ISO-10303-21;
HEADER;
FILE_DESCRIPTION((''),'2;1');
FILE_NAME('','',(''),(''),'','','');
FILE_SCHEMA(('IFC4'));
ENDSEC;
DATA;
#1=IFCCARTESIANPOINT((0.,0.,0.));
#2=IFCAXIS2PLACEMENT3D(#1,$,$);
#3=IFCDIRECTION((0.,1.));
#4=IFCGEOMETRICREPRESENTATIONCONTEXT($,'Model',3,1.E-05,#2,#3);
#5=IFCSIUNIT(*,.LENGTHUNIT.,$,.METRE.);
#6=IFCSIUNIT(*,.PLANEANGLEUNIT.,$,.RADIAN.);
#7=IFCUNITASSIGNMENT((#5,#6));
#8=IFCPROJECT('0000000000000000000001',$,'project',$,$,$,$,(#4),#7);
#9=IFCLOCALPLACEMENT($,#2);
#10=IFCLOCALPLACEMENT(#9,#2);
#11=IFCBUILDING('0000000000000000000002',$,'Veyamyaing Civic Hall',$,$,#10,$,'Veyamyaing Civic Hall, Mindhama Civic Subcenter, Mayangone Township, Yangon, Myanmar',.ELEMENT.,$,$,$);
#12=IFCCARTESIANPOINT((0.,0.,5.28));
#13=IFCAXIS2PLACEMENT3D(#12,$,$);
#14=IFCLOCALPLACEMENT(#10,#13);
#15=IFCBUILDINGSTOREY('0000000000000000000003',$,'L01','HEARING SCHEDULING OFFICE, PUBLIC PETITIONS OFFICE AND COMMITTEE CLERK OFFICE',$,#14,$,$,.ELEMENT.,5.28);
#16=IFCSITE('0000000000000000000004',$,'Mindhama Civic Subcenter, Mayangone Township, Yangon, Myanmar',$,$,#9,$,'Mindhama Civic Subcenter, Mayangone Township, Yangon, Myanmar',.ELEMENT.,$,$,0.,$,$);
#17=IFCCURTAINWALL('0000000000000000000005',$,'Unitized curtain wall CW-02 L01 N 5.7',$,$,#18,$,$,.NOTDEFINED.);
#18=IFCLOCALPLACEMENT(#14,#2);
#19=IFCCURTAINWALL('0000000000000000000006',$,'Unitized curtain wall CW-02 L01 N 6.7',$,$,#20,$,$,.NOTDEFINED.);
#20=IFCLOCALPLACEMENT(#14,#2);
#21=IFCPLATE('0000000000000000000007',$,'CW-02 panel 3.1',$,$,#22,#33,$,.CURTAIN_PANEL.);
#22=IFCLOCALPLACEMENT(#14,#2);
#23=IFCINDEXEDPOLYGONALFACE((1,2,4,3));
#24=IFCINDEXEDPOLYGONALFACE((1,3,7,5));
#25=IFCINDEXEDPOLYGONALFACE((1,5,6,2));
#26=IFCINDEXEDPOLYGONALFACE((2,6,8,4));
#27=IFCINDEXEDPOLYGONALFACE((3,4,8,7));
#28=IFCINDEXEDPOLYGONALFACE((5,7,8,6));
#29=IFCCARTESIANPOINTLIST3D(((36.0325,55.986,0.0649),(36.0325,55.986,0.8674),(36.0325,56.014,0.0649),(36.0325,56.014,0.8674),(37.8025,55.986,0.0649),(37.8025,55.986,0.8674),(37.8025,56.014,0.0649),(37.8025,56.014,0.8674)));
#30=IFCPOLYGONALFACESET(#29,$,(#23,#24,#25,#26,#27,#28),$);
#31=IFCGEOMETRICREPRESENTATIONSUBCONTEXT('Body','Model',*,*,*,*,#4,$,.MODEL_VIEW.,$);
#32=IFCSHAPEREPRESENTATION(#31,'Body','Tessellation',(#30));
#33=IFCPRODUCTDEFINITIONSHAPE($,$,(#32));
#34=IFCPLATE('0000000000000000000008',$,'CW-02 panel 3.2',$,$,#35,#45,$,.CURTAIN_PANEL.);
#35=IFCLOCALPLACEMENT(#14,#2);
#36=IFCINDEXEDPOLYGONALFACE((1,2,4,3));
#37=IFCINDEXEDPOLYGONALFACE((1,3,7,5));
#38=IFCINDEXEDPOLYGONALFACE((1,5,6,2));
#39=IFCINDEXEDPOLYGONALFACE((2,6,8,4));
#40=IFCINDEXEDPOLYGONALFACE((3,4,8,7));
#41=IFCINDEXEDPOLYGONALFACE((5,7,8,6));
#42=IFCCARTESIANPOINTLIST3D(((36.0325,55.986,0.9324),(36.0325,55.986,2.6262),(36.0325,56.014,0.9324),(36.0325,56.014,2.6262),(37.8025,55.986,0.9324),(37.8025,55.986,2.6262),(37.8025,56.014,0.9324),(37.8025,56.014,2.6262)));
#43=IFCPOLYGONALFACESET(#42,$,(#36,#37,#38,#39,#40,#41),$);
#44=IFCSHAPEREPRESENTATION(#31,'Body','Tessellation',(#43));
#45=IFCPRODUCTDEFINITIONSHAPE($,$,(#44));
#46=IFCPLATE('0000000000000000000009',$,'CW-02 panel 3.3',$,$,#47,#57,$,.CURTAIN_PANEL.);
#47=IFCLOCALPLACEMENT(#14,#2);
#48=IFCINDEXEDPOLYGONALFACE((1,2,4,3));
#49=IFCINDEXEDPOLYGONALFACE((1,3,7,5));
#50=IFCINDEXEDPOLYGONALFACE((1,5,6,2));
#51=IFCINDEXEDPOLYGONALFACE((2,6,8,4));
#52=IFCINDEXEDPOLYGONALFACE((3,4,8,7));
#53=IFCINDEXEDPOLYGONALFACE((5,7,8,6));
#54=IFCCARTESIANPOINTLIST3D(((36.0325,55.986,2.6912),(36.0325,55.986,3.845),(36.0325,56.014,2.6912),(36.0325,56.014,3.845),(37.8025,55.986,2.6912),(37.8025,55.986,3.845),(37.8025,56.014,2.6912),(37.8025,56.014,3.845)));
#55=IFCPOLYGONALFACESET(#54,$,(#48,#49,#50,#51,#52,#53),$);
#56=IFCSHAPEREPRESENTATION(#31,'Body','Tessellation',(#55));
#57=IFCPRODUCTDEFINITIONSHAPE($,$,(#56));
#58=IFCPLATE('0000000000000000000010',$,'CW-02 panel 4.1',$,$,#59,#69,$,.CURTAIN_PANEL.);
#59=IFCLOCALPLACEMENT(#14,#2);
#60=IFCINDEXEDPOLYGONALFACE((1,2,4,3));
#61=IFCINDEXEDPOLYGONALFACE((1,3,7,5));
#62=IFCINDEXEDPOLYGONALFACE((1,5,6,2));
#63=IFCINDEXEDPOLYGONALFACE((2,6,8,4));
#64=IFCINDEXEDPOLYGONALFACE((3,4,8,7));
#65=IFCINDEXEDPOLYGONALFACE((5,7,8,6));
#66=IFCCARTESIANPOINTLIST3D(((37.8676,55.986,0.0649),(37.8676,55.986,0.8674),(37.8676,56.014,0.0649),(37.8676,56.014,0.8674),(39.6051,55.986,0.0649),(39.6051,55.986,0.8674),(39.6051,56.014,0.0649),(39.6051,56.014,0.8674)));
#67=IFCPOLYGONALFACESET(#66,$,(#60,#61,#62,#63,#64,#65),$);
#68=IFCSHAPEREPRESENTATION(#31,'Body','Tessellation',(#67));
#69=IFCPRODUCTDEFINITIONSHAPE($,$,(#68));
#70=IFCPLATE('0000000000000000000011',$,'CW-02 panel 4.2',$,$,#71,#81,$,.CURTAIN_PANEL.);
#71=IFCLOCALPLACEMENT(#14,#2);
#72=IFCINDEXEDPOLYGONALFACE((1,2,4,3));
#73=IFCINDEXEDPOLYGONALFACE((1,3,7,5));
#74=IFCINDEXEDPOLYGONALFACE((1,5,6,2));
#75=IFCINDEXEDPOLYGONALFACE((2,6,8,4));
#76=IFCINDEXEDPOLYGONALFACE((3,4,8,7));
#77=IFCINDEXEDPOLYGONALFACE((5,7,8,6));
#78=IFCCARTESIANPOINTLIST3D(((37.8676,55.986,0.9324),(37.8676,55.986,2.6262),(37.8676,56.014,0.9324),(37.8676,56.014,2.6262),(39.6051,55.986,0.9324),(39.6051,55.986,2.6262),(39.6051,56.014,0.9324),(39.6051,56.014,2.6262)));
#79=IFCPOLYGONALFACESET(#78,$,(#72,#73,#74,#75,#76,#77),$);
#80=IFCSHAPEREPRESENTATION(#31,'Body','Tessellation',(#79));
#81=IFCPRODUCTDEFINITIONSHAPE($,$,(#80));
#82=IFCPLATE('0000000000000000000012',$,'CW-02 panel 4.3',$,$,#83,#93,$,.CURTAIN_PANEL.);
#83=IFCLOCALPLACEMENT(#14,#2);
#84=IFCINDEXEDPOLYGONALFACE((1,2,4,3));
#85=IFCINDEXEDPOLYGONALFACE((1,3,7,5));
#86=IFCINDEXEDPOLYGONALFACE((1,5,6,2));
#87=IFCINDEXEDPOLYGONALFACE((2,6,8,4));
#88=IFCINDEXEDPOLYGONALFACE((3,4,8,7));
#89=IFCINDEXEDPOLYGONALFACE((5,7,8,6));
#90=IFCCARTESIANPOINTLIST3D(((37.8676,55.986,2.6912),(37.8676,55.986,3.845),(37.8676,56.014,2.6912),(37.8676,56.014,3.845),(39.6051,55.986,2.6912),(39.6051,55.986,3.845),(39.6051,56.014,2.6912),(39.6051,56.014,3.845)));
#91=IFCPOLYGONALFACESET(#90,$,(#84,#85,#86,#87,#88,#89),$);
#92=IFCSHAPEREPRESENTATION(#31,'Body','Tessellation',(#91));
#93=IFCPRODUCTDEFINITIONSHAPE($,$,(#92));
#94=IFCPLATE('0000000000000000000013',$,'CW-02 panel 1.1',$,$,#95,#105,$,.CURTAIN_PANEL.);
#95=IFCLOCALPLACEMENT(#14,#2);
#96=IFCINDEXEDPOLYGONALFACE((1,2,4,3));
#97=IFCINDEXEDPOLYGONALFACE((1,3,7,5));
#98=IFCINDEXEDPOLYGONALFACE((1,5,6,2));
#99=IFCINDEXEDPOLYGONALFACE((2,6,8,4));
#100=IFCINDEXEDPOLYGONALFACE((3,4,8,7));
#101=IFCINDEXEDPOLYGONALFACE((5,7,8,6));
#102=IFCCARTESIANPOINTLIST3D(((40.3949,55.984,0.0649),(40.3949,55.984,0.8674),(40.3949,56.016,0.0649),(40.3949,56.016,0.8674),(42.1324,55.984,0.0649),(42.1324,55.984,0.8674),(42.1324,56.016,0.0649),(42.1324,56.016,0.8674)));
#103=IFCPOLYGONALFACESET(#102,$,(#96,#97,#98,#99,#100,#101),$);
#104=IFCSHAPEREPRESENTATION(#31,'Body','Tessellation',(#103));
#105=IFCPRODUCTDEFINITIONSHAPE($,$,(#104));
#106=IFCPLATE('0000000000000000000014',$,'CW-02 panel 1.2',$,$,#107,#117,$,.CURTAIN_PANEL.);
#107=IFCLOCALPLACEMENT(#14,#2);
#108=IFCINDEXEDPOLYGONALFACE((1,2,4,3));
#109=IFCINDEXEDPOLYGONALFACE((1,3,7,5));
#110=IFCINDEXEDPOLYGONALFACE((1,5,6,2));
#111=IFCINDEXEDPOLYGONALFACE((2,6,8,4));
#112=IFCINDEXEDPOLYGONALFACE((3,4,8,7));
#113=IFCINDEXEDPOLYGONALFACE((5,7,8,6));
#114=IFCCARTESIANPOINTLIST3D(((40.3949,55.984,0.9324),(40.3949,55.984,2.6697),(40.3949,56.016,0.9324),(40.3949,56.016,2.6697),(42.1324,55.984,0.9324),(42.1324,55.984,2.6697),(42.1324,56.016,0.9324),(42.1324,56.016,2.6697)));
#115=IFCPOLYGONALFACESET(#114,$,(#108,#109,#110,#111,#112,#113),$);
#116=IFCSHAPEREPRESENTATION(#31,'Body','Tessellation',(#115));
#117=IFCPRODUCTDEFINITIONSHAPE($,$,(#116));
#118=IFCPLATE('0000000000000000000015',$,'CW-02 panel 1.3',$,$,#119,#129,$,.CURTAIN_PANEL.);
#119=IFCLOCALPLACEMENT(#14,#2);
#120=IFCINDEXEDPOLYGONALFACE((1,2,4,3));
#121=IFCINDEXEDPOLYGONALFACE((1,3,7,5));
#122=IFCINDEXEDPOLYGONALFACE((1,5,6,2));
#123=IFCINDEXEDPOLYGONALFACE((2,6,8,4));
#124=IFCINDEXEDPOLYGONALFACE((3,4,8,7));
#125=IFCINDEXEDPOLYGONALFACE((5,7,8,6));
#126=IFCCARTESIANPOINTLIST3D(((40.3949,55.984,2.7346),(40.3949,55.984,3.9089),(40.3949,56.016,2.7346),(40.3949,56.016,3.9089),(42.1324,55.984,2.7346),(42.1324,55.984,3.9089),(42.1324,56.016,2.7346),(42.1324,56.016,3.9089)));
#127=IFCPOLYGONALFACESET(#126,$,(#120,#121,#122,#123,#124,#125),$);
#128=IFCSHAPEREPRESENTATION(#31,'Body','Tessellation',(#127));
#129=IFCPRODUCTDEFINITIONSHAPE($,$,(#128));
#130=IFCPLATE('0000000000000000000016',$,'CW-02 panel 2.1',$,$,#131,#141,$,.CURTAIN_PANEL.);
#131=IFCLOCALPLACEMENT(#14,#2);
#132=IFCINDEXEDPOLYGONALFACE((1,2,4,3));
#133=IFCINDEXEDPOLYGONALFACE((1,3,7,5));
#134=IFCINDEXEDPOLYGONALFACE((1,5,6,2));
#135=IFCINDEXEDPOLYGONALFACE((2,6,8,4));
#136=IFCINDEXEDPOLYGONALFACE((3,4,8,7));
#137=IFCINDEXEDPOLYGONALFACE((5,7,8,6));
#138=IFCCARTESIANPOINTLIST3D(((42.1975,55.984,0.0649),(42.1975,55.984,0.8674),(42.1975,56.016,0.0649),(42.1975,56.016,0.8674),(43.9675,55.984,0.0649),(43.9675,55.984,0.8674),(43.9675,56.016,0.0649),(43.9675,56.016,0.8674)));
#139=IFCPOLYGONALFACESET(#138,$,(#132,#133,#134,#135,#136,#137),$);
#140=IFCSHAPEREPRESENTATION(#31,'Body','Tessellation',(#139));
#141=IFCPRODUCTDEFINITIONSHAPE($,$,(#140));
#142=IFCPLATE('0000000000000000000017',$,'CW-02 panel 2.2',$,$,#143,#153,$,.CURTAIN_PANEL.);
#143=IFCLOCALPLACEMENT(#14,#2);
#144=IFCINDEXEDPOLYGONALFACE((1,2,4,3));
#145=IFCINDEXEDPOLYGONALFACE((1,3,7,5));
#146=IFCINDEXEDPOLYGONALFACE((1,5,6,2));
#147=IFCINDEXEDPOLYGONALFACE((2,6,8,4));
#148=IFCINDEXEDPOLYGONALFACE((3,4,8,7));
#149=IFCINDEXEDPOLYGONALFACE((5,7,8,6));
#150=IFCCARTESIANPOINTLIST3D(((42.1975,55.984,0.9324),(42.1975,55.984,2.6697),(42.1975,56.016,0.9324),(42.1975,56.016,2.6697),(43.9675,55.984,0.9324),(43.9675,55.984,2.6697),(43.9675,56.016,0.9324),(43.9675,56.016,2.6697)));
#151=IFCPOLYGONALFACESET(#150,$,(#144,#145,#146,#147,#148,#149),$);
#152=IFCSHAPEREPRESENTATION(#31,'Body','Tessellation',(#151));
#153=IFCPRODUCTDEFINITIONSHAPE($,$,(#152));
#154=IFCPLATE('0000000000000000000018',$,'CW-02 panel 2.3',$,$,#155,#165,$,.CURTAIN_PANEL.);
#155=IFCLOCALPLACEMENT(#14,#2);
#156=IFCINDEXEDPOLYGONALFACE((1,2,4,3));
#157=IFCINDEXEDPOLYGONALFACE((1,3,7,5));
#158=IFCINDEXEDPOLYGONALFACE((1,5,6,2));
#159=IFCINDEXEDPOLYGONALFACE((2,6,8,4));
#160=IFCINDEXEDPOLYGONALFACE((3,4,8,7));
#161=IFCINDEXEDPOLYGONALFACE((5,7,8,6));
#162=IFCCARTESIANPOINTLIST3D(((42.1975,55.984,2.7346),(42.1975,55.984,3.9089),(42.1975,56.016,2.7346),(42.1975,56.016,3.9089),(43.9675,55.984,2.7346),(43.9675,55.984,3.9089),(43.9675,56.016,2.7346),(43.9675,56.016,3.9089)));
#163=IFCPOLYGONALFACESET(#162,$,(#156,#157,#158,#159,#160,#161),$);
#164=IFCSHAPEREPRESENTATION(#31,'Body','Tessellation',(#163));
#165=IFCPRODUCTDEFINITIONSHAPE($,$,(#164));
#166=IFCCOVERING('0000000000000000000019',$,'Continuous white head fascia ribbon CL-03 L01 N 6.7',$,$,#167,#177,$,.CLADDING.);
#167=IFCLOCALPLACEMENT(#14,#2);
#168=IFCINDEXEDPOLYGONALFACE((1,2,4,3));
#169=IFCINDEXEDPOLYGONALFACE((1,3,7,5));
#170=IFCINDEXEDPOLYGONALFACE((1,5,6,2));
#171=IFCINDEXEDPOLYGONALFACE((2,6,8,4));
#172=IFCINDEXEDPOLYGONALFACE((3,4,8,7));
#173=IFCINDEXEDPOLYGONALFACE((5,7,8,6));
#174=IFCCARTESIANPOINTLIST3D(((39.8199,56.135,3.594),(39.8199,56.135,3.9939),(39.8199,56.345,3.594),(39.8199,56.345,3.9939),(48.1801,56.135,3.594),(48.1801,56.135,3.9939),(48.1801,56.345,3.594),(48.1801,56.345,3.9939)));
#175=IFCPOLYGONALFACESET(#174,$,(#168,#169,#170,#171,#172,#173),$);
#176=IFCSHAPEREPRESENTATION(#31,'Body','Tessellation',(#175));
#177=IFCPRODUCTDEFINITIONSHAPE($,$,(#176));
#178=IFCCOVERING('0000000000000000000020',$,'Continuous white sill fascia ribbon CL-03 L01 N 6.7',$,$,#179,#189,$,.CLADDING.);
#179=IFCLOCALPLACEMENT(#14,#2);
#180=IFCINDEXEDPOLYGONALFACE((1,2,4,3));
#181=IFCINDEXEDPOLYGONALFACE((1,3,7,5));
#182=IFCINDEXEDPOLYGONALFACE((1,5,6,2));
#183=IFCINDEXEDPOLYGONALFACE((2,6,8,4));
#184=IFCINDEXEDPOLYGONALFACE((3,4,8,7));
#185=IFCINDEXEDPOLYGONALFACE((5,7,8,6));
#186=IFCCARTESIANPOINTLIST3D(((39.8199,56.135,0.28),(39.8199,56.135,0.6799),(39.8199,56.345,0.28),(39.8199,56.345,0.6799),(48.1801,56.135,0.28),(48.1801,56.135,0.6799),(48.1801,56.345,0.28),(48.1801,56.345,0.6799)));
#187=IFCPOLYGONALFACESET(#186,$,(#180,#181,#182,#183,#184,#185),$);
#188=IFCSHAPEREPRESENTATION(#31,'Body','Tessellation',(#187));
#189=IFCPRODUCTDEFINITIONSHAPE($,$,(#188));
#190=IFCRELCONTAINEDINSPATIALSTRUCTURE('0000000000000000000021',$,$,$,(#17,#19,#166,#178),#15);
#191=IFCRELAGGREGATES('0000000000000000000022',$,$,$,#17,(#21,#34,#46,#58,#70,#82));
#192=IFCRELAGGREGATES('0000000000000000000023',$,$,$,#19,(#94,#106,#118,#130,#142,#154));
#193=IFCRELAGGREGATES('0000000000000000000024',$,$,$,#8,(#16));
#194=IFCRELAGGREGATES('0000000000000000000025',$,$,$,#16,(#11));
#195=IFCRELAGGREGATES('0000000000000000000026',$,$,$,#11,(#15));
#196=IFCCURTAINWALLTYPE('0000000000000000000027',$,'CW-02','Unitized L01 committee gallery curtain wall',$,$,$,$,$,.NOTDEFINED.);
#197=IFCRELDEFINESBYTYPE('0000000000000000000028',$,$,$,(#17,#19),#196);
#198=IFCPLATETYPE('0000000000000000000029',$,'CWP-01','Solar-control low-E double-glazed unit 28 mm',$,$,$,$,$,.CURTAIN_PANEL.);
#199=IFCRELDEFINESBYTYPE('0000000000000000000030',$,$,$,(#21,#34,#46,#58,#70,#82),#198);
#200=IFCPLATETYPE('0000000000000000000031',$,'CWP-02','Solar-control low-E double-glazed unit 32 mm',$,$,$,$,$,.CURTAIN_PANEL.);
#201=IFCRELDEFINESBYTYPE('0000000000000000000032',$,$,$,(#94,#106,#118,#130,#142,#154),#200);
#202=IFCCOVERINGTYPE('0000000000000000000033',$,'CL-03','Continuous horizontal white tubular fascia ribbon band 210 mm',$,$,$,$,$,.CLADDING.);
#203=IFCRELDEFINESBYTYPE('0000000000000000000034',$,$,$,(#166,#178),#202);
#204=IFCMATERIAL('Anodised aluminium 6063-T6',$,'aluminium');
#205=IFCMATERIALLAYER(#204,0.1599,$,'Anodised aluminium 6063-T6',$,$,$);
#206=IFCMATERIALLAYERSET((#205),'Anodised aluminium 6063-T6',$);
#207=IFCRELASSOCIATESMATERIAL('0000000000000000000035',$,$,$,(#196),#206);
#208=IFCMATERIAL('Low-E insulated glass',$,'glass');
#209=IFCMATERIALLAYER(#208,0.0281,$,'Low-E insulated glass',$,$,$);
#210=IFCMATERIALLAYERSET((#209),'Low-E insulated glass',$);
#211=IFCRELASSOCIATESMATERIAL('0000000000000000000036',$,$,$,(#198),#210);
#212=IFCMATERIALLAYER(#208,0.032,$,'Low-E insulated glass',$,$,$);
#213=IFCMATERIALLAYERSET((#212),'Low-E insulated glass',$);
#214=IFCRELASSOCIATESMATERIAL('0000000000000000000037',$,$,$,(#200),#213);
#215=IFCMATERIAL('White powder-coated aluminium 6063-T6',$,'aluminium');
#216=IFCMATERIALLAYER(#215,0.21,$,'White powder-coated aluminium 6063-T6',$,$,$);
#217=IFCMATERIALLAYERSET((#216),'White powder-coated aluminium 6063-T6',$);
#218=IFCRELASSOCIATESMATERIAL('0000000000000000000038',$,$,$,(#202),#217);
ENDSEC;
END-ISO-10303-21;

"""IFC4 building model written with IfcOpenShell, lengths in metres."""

from ifc_helpers import new_model, si_unit, direction, frame, origin, origin_2d, place, context, subcontext, project, spatial, rectangle, extrude, material, layer, layer_set, type_object, element, aggregate, save


model = new_model("IFC4")

# Units and contexts
model_context = context("Model", 3, precision=1e-05, world=origin(), true_north=direction((0.0, 1.0)))
body_context = subcontext(model_context, "Body", "Model", "MODEL_VIEW")
ifc_project = project(units=[si_unit("LENGTHUNIT", "METRE"), si_unit("PLANEANGLEUNIT", "RADIAN")], contexts=[model_context])

# Site, building, storey
site_placement = place(None, origin())
site = spatial("IfcSite", under=ifc_project, at=site_placement, Name="Mindhama Civic Subcenter, Mayangone Township, Yangon, Myanmar", LongName="Mindhama Civic Subcenter, Mayangone Township, Yangon, Myanmar", CompositionType="ELEMENT", RefElevation=0.0)
building_placement = place(site_placement, origin())
building = spatial("IfcBuilding", under=site, at=building_placement, Name="Veyamyaing Civic Hall", LongName="Veyamyaing Civic Hall, Mindhama Civic Subcenter, Mayangone Township, Yangon, Myanmar", CompositionType="ELEMENT")
storey_placement = place(building_placement, frame((0.0, 0.0, 5.28)))
storey = spatial("IfcBuildingStorey", under=building, at=storey_placement, Name="L01", Description="HEARING SCHEDULING OFFICE, PUBLIC PETITIONS OFFICE AND COMMITTEE CLERK OFFICE", CompositionType="ELEMENT", Elevation=5.28)

# Curtain walls
ifc_material_1 = material(Name="Anodised aluminium 6063-T6", Category="aluminium")
ifc_layer_1 = layer(ifc_material_1, 0.1599, Name="Anodised aluminium 6063-T6")
ifc_layer_set_1 = layer_set([ifc_layer_1], Name="Anodised aluminium 6063-T6")
curtain_wall_type = type_object("IfcCurtainWallType", Name="CW-02", Description="Unitized L01 committee gallery curtain wall", PredefinedType="NOTDEFINED", material=ifc_layer_set_1)
curtain_wall_1_placement = place(storey_placement, origin())
curtain_wall_1 = element("IfcCurtainWall", 1, at=curtain_wall_1_placement, inside=storey, type_object=curtain_wall_type, Name="Unitized curtain wall CW-02 L01 N 5.7", PredefinedType="NOTDEFINED")
curtain_wall_2_placement = place(storey_placement, origin())
curtain_wall_2 = element("IfcCurtainWall", 2, at=curtain_wall_2_placement, inside=storey, type_object=curtain_wall_type, Name="Unitized curtain wall CW-02 L01 N 6.7", PredefinedType="NOTDEFINED")

# Plates
ifc_material_2 = material(Name="Low-E insulated glass", Category="glass")
ifc_layer_2 = layer(ifc_material_2, 0.0281, Name="Low-E insulated glass")
ifc_layer_set_2 = layer_set([ifc_layer_2], Name="Low-E insulated glass")
plate_type_1 = type_object("IfcPlateType", Name="CWP-01", Description="Solar-control low-E double-glazed unit 28 mm", PredefinedType="CURTAIN_PANEL", material=ifc_layer_set_2)
plate_1_placement = place(storey_placement, frame((36.9175, 56.0, 0.0649), z_axis=(0.0, 0.0, 1.0), x_axis=(1.0, 0.0, 0.0)))
plate_1 = element("IfcPlate", 3, at=plate_1_placement, type_object=plate_type_1, Name="CW-02 panel 3.1", PredefinedType="CURTAIN_PANEL", context=body_context, shape_type="SweptSolid", body=[
    extrude(rectangle(XDim=1.77, YDim=0.0281, at=origin_2d()), origin(), (0.0, 0.0, 1.0), 0.8025),
])
plate_2_placement = place(storey_placement, frame((36.9175, 56.0, 0.9324), z_axis=(0.0, 0.0, 1.0), x_axis=(1.0, 0.0, 0.0)))
plate_2 = element("IfcPlate", 4, at=plate_2_placement, type_object=plate_type_1, Name="CW-02 panel 3.2", PredefinedType="CURTAIN_PANEL", context=body_context, shape_type="SweptSolid", body=[
    extrude(rectangle(XDim=1.77, YDim=0.0281, at=origin_2d()), origin(), (0.0, 0.0, 1.0), 1.6938),
])
plate_3_placement = place(storey_placement, frame((36.9175, 56.0, 2.6912), z_axis=(0.0, 0.0, 1.0), x_axis=(1.0, 0.0, 0.0)))
plate_3 = element("IfcPlate", 5, at=plate_3_placement, type_object=plate_type_1, Name="CW-02 panel 3.3", PredefinedType="CURTAIN_PANEL", context=body_context, shape_type="SweptSolid", body=[
    extrude(rectangle(XDim=1.77, YDim=0.0281, at=origin_2d()), origin(), (0.0, 0.0, 1.0), 1.1538),
])
plate_4_placement = place(storey_placement, frame((38.7363, 56.0, 0.0649), z_axis=(0.0, 0.0, 1.0), x_axis=(1.0, 0.0, 0.0)))
plate_4 = element("IfcPlate", 6, at=plate_4_placement, type_object=plate_type_1, Name="CW-02 panel 4.1", PredefinedType="CURTAIN_PANEL", context=body_context, shape_type="SweptSolid", body=[
    extrude(rectangle(XDim=1.7375, YDim=0.0281, at=origin_2d()), origin(), (0.0, 0.0, 1.0), 0.8025),
])
plate_5_placement = place(storey_placement, frame((38.7363, 56.0, 0.9324), z_axis=(0.0, 0.0, 1.0), x_axis=(1.0, 0.0, 0.0)))
plate_5 = element("IfcPlate", 7, at=plate_5_placement, type_object=plate_type_1, Name="CW-02 panel 4.2", PredefinedType="CURTAIN_PANEL", context=body_context, shape_type="SweptSolid", body=[
    extrude(rectangle(XDim=1.7375, YDim=0.0281, at=origin_2d()), origin(), (0.0, 0.0, 1.0), 1.6938),
])
plate_6_placement = place(storey_placement, frame((38.7363, 56.0, 2.6912), z_axis=(0.0, 0.0, 1.0), x_axis=(1.0, 0.0, 0.0)))
plate_6 = element("IfcPlate", 8, at=plate_6_placement, type_object=plate_type_1, Name="CW-02 panel 4.3", PredefinedType="CURTAIN_PANEL", context=body_context, shape_type="SweptSolid", body=[
    extrude(rectangle(XDim=1.7375, YDim=0.0281, at=origin_2d()), origin(), (0.0, 0.0, 1.0), 1.1538),
])
aggregate(curtain_wall_1, [plate_1, plate_2, plate_3, plate_4, plate_5, plate_6])
ifc_layer_3 = layer(ifc_material_2, 0.032, Name="Low-E insulated glass")
ifc_layer_set_3 = layer_set([ifc_layer_3], Name="Low-E insulated glass")
plate_type_2 = type_object("IfcPlateType", Name="CWP-02", Description="Solar-control low-E double-glazed unit 32 mm", PredefinedType="CURTAIN_PANEL", material=ifc_layer_set_3)
plate_7_placement = place(storey_placement, frame((41.2637, 56.0, 0.0649), z_axis=(0.0, 0.0, 1.0), x_axis=(1.0, 0.0, 0.0)))
plate_7 = element("IfcPlate", 9, at=plate_7_placement, type_object=plate_type_2, Name="CW-02 panel 1.1", PredefinedType="CURTAIN_PANEL", context=body_context, shape_type="SweptSolid", body=[
    extrude(rectangle(XDim=1.7375, YDim=0.032, at=origin_2d()), origin(), (0.0, 0.0, 1.0), 0.8025),
])
plate_8_placement = place(storey_placement, frame((41.2637, 56.0, 0.9324), z_axis=(0.0, 0.0, 1.0), x_axis=(1.0, 0.0, 0.0)))
plate_8 = element("IfcPlate", 10, at=plate_8_placement, type_object=plate_type_2, Name="CW-02 panel 1.2", PredefinedType="CURTAIN_PANEL", context=body_context, shape_type="SweptSolid", body=[
    extrude(rectangle(XDim=1.7375, YDim=0.032, at=origin_2d()), origin(), (0.0, 0.0, 1.0), 1.7373),
])
plate_9_placement = place(storey_placement, frame((41.2637, 56.0, 2.7346), z_axis=(0.0, 0.0, 1.0), x_axis=(1.0, 0.0, 0.0)))
plate_9 = element("IfcPlate", 11, at=plate_9_placement, type_object=plate_type_2, Name="CW-02 panel 1.3", PredefinedType="CURTAIN_PANEL", context=body_context, shape_type="SweptSolid", body=[
    extrude(rectangle(XDim=1.7375, YDim=0.032, at=origin_2d()), origin(), (0.0, 0.0, 1.0), 1.1743),
])
plate_10_placement = place(storey_placement, frame((43.0825, 56.0, 0.0649), z_axis=(0.0, 0.0, 1.0), x_axis=(1.0, 0.0, 0.0)))
plate_10 = element("IfcPlate", 12, at=plate_10_placement, type_object=plate_type_2, Name="CW-02 panel 2.1", PredefinedType="CURTAIN_PANEL", context=body_context, shape_type="SweptSolid", body=[
    extrude(rectangle(XDim=1.77, YDim=0.032, at=origin_2d()), origin(), (0.0, 0.0, 1.0), 0.8025),
])
plate_11_placement = place(storey_placement, frame((43.0825, 56.0, 0.9324), z_axis=(0.0, 0.0, 1.0), x_axis=(1.0, 0.0, 0.0)))
plate_11 = element("IfcPlate", 13, at=plate_11_placement, type_object=plate_type_2, Name="CW-02 panel 2.2", PredefinedType="CURTAIN_PANEL", context=body_context, shape_type="SweptSolid", body=[
    extrude(rectangle(XDim=1.77, YDim=0.032, at=origin_2d()), origin(), (0.0, 0.0, 1.0), 1.7373),
])
plate_12_placement = place(storey_placement, frame((43.0825, 56.0, 2.7346), z_axis=(0.0, 0.0, 1.0), x_axis=(1.0, 0.0, 0.0)))
plate_12 = element("IfcPlate", 14, at=plate_12_placement, type_object=plate_type_2, Name="CW-02 panel 2.3", PredefinedType="CURTAIN_PANEL", context=body_context, shape_type="SweptSolid", body=[
    extrude(rectangle(XDim=1.77, YDim=0.032, at=origin_2d()), origin(), (0.0, 0.0, 1.0), 1.1743),
])
aggregate(curtain_wall_2, [plate_7, plate_8, plate_9, plate_10, plate_11, plate_12])

# Coverings
ifc_material_3 = material(Name="White powder-coated aluminium 6063-T6", Category="aluminium")
ifc_layer_4 = layer(ifc_material_3, 0.21, Name="White powder-coated aluminium 6063-T6")
ifc_layer_set_4 = layer_set([ifc_layer_4], Name="White powder-coated aluminium 6063-T6")
covering_type = type_object("IfcCoveringType", Name="CL-03", Description="Continuous horizontal white tubular fascia ribbon band 210 mm", PredefinedType="CLADDING", material=ifc_layer_set_4)
for number, where, z_axis, x_axis, name in (
    (15, (44.0, 56.24, 3.594), (0.0, 0.0, 1.0), (1.0, 0.0, 0.0), "Continuous white head fascia ribbon CL-03 L01 N 6.7"),
    (16, (44.0, 56.24, 0.28), (0.0, 0.0, 1.0), (1.0, 0.0, 0.0), "Continuous white sill fascia ribbon CL-03 L01 N 6.7"),
):
    element("IfcCovering", number, at=place(storey_placement, frame(where, z_axis=z_axis, x_axis=x_axis)), inside=storey, type_object=covering_type, Name=name, PredefinedType="CLADDING", context=body_context, shape_type="SweptSolid", body=[
        extrude(rectangle(XDim=8.3601, YDim=0.21, at=origin_2d()), origin(), (0.0, 0.0, 1.0), 0.3999),
    ])

save(model, "model.ifc")
